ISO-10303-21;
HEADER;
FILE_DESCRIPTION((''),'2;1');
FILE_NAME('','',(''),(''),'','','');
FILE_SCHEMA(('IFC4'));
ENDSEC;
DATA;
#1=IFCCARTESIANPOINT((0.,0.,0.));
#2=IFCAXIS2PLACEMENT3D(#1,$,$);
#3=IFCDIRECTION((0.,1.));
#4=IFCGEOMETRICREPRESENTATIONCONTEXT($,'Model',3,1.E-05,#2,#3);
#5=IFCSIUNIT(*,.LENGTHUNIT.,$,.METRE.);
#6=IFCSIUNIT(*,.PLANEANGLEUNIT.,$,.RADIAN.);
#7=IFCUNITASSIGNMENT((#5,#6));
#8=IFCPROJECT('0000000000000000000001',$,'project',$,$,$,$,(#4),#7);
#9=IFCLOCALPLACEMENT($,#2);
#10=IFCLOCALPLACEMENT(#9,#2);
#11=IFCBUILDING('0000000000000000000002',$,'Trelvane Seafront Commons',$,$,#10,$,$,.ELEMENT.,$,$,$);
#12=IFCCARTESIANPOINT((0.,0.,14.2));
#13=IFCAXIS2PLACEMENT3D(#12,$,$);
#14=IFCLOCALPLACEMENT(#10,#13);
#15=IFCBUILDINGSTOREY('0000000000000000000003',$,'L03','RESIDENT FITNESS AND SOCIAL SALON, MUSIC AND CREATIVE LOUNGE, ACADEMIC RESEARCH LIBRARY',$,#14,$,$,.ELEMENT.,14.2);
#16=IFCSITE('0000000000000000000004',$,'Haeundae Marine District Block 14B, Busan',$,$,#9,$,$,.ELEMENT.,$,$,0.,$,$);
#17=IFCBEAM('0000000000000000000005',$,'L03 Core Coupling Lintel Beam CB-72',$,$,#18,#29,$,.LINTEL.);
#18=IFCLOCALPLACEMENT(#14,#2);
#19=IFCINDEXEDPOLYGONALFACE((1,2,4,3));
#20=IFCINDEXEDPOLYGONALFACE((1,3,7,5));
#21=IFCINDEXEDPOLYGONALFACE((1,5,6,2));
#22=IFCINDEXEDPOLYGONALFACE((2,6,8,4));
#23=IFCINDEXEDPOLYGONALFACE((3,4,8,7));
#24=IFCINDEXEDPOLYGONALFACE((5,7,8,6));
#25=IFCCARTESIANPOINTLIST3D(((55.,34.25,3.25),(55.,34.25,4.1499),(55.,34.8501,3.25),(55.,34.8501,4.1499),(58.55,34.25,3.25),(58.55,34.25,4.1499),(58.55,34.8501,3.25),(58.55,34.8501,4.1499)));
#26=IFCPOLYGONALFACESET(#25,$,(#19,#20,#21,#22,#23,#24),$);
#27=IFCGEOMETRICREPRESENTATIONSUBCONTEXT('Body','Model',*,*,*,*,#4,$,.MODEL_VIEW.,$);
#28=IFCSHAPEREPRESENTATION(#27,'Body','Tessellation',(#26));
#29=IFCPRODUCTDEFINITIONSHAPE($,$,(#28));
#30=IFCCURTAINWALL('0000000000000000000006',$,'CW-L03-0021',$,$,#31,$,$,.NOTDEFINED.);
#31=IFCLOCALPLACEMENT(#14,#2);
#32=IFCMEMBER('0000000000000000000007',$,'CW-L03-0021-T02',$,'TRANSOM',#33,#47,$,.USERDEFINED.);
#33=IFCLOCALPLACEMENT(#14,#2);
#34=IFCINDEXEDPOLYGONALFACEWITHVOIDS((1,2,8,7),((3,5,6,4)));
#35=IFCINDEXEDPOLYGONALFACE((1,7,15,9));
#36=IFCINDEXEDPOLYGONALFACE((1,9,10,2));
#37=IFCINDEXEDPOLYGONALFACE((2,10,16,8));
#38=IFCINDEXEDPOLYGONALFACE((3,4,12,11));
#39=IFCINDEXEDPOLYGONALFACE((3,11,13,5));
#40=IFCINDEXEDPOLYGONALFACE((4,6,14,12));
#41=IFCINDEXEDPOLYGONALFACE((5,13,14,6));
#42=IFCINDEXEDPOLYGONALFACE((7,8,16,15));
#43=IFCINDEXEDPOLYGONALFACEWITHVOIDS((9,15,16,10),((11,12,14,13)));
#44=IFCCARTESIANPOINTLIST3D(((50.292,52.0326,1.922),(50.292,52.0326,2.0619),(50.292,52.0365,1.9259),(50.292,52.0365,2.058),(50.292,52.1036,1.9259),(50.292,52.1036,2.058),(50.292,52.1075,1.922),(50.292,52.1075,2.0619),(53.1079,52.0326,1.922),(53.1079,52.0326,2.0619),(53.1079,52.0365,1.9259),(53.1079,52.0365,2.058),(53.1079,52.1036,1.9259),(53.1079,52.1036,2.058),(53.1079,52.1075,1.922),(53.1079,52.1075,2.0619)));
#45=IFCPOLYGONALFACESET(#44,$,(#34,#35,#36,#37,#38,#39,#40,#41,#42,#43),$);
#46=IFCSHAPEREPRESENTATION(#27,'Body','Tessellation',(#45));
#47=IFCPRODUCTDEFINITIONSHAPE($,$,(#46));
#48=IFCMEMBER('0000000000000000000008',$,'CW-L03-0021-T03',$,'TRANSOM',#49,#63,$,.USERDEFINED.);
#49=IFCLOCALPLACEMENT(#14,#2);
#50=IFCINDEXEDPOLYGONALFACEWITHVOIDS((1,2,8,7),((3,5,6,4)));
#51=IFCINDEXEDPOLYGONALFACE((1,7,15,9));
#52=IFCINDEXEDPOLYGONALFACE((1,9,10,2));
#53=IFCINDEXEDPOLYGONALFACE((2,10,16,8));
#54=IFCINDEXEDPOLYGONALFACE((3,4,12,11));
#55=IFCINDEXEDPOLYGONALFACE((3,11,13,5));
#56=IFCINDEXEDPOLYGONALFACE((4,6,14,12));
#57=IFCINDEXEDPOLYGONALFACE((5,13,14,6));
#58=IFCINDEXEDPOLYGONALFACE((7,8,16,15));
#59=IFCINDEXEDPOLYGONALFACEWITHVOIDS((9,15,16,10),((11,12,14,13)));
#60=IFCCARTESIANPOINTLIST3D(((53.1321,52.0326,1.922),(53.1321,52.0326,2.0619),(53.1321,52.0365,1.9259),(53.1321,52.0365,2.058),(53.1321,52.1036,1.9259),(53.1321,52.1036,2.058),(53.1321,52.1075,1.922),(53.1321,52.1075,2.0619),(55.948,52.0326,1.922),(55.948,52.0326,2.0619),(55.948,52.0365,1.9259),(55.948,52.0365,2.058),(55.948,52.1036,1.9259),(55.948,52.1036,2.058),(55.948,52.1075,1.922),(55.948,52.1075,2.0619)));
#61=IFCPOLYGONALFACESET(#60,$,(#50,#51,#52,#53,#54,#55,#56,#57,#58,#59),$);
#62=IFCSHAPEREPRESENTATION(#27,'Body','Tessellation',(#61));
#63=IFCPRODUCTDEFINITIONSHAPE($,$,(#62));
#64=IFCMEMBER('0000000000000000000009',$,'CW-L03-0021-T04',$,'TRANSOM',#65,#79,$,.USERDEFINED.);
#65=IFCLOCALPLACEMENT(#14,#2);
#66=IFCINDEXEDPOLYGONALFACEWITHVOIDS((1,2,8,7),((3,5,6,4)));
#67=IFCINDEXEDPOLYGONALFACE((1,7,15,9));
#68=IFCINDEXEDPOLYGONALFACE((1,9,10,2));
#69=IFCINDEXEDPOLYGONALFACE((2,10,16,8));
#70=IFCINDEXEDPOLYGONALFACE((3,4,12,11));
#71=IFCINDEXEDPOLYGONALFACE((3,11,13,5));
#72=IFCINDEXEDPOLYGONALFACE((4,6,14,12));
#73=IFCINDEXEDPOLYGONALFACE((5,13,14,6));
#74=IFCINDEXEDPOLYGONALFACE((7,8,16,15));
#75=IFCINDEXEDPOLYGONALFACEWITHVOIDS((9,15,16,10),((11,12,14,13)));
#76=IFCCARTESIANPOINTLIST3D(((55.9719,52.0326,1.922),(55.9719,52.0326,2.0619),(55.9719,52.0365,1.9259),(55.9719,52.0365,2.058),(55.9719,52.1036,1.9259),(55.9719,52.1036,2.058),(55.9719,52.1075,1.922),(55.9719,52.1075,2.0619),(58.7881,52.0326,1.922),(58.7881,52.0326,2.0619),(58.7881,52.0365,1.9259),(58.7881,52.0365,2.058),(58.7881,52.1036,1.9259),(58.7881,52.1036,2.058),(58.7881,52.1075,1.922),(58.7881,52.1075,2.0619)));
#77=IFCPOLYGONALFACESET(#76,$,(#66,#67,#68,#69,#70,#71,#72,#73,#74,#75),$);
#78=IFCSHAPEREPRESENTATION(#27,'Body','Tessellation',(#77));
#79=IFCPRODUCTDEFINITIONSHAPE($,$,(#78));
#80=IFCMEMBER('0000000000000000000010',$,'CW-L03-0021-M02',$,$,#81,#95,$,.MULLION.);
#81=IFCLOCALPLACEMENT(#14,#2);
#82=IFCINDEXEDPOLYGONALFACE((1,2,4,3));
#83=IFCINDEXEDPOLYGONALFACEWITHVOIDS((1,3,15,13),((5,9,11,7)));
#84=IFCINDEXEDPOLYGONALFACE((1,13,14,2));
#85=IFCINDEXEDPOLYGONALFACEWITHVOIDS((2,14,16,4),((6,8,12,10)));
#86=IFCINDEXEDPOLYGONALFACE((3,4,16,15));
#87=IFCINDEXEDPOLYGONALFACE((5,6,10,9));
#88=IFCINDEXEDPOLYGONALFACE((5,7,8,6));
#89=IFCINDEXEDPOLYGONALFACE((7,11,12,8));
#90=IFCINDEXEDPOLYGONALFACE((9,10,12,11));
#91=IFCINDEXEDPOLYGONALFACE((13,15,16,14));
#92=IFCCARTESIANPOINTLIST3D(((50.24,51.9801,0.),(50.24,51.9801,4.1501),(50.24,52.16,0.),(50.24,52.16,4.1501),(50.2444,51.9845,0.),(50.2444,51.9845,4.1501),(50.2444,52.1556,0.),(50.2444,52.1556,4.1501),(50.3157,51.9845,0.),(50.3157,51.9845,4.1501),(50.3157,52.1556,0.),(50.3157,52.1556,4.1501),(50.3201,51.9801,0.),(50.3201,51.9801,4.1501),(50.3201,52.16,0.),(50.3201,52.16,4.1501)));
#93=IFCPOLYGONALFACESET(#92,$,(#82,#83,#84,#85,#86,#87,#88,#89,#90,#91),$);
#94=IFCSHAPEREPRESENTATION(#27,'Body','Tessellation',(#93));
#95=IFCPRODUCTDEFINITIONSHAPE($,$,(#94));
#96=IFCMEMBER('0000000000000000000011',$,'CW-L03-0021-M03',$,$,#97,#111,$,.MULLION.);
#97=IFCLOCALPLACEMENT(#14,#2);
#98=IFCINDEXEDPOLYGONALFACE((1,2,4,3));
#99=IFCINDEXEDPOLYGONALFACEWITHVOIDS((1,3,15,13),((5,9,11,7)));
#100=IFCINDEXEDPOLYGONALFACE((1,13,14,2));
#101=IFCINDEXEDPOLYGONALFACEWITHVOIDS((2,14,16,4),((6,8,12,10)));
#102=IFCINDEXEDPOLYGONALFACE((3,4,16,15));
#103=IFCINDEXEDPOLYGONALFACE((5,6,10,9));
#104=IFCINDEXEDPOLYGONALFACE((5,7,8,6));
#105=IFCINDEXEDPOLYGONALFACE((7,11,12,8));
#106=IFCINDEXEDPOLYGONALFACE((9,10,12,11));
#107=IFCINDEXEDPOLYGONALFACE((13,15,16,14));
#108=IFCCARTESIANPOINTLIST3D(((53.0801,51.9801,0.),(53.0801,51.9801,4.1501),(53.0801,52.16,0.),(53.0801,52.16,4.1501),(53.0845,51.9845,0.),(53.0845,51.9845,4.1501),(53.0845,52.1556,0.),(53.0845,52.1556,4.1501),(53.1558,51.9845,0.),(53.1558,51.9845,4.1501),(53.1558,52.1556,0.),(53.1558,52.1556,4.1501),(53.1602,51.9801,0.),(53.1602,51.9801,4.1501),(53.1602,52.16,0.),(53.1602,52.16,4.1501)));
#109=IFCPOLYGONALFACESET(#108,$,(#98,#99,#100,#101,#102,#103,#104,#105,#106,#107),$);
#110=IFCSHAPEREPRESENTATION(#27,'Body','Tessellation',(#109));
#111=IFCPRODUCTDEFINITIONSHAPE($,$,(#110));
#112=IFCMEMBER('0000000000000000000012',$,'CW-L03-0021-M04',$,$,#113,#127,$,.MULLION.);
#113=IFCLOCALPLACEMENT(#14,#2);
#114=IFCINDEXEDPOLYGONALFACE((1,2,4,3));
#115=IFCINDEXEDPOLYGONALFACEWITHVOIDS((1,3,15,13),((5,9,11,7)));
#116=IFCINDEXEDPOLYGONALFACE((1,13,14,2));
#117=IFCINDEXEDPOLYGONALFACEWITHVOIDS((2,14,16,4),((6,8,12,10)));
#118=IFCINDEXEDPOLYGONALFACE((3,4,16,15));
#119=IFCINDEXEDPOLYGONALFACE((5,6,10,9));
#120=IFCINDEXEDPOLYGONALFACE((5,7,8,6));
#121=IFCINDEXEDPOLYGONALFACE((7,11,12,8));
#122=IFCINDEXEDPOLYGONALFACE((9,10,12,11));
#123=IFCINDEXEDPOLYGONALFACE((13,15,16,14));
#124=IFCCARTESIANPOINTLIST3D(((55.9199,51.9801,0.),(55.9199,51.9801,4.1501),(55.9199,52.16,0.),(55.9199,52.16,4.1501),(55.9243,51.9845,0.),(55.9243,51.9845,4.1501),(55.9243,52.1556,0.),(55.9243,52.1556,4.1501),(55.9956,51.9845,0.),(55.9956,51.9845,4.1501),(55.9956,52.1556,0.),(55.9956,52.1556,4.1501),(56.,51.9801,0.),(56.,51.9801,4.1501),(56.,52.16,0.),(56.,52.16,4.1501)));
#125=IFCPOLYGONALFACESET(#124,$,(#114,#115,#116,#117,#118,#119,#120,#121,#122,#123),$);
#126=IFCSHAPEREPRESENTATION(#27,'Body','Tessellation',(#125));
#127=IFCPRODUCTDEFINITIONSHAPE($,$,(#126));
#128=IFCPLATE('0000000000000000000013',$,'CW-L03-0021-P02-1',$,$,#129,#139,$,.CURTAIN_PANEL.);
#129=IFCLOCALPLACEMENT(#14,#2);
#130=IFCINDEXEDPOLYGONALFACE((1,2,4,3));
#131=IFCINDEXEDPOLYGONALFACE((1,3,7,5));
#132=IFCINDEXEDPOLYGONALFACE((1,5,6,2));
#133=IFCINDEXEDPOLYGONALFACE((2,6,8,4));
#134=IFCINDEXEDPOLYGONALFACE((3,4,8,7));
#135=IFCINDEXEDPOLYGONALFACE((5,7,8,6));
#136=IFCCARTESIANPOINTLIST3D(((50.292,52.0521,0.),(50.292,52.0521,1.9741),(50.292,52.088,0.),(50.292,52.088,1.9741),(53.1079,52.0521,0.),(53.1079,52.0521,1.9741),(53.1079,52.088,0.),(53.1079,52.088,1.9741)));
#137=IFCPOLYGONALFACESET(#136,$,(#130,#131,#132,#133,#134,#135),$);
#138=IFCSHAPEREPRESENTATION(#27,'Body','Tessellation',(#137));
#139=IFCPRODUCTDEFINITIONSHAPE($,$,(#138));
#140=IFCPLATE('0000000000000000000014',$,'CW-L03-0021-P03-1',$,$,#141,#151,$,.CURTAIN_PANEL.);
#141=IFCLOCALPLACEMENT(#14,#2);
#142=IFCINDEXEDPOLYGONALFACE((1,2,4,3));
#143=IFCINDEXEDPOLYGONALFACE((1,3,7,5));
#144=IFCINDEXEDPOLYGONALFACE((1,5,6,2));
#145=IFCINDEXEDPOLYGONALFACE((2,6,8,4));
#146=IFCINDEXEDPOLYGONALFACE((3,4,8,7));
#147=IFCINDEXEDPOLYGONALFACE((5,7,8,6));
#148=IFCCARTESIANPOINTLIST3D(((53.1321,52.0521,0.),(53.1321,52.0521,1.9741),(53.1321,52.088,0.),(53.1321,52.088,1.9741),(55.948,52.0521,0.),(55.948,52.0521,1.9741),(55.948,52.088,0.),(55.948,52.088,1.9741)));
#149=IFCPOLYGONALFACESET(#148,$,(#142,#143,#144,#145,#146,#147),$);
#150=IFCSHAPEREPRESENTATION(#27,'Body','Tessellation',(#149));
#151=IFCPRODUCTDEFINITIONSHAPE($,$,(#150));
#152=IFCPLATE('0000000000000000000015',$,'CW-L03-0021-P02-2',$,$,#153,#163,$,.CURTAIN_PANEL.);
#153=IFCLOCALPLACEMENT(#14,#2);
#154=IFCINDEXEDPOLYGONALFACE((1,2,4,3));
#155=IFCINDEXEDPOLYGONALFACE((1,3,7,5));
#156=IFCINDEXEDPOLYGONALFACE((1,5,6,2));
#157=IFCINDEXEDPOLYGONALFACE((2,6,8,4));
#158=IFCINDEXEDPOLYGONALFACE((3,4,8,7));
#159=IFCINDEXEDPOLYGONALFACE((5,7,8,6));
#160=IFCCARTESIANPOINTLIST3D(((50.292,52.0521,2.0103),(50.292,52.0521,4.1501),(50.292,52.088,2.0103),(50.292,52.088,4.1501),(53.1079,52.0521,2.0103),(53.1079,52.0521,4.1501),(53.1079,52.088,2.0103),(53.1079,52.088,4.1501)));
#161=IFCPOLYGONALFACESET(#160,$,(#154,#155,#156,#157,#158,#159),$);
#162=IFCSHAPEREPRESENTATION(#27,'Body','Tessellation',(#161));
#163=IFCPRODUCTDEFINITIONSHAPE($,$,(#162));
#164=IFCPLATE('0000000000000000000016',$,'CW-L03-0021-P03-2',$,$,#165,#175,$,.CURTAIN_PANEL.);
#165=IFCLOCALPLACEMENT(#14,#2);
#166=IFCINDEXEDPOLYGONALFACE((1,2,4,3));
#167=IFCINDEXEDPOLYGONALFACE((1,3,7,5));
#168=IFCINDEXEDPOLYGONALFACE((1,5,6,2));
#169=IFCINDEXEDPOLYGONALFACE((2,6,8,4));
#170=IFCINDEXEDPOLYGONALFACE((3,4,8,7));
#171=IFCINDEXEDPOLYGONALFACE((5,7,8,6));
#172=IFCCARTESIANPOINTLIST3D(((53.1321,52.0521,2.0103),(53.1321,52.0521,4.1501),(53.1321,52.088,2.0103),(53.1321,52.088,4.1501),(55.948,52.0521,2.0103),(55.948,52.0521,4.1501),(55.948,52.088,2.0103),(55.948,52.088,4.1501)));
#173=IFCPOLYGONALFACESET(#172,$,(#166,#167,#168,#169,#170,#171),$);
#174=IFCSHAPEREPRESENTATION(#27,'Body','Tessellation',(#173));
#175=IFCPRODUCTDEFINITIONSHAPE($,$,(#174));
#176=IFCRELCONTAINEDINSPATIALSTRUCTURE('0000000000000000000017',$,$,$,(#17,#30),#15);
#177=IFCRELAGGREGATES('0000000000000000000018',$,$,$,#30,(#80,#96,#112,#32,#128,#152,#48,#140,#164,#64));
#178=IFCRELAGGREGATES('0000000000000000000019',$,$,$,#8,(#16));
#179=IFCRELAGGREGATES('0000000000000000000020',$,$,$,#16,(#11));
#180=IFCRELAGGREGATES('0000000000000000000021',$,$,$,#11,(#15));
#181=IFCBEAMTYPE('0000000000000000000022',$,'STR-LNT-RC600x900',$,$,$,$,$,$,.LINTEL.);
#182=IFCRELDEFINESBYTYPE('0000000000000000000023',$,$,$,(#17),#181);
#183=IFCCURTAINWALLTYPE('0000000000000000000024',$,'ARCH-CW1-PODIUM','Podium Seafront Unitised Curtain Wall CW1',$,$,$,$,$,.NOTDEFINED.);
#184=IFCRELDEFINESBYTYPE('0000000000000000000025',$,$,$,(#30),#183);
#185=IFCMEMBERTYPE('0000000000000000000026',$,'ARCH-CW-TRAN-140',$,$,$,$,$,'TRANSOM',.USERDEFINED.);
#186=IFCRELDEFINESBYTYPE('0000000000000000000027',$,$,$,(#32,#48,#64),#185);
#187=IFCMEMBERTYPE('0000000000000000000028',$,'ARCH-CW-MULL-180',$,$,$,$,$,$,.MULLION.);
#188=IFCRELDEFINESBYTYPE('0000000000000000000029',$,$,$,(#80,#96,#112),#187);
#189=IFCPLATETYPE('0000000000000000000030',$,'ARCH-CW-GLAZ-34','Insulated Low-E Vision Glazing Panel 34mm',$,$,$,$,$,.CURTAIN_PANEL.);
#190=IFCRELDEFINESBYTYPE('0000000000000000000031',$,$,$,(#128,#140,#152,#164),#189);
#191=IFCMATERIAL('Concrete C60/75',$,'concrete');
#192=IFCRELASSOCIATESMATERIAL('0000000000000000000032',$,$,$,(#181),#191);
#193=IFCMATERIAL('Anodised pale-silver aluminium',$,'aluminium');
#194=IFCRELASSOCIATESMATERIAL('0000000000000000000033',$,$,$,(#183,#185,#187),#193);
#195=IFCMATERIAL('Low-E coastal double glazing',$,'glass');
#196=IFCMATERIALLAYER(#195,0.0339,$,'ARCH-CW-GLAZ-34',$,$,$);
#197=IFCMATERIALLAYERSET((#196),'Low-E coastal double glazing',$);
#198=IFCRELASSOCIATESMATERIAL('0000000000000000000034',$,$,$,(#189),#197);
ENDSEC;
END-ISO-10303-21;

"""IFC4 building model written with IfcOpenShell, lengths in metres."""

from ifc_helpers import new_model, si_unit, direction, frame, origin, origin_2d, place, context, subcontext, project, spatial, rectangle, hollow_rectangle, extrude, source, transform, mapped, material, layer, layer_set, material_profile, profile_set, type_object, element, aggregate, save


model = new_model("IFC4")

# Units and contexts
model_context = context("Model", 3, precision=1e-05, world=origin(), true_north=direction((0.0, 1.0)))
body_context = subcontext(model_context, "Body", "Model", "MODEL_VIEW")
ifc_project = project(units=[si_unit("LENGTHUNIT", "METRE"), si_unit("PLANEANGLEUNIT", "RADIAN")], contexts=[model_context])

# Site, building, storey
site_placement = place(None, origin())
site = spatial("IfcSite", under=ifc_project, at=site_placement, Name="Haeundae Marine District Block 14B, Busan", CompositionType="ELEMENT", RefElevation=0.0)
building_placement = place(site_placement, origin())
building = spatial("IfcBuilding", under=site, at=building_placement, Name="Trelvane Seafront Commons", CompositionType="ELEMENT")
storey_placement = place(building_placement, frame((0.0, 0.0, 14.2)))
storey = spatial("IfcBuildingStorey", under=building, at=storey_placement, Name="L03", Description="RESIDENT FITNESS AND SOCIAL SALON, MUSIC AND CREATIVE LOUNGE, ACADEMIC RESEARCH LIBRARY", CompositionType="ELEMENT", Elevation=14.2)

# Beam
ifc_material_1 = material(Name="Concrete C60/75", Category="concrete")
ifc_material_profile_1 = material_profile(ifc_material_1, rectangle(XDim=0.6001, YDim=0.8999, at=origin_2d()), Name="RC-600x900")
ifc_profile_set_1 = profile_set([ifc_material_profile_1], Name="Concrete C60/75")
beam_type = type_object("IfcBeamType", Name="STR-LNT-RC600x900", PredefinedType="LINTEL", material=ifc_profile_set_1)
shared_shape_1 = source(origin(), body_context, "Body", "SweptSolid", [
    extrude(rectangle(XDim=0.6001, YDim=0.8999, at=origin_2d()), origin(), (0.0, 0.0, 1.0), 3.55),
])
beam_placement = place(storey_placement, frame((55.0, 34.55, 3.7), z_axis=(1.0, 0.0, 0.0), x_axis=(0.0, 1.0, 0.0)))
element("IfcBeam", 1, at=beam_placement, inside=storey, type_object=beam_type, Name="L03 Core Coupling Lintel Beam CB-72", PredefinedType="LINTEL", context=body_context, shape_type="MappedRepresentation", body=[
    mapped(shared_shape_1, transform((0.0, 0.0, 0.0), x_axis=(1.0, 0.0, 0.0), y_axis=(0.0, 1.0, 0.0), z_axis=(0.0, 0.0, 1.0), scale=1.0)),
])

# Curtain wall, members, plates
ifc_material_2 = material(Name="Anodised pale-silver aluminium", Category="aluminium")
curtain_wall_type = type_object("IfcCurtainWallType", Name="ARCH-CW1-PODIUM", Description="Podium Seafront Unitised Curtain Wall CW1", PredefinedType="NOTDEFINED", material=ifc_material_2)
curtain_wall_placement = place(storey_placement, origin())
curtain_wall = element("IfcCurtainWall", 2, at=curtain_wall_placement, inside=storey, type_object=curtain_wall_type, Name="CW-L03-0021", PredefinedType="NOTDEFINED")
ifc_material_profile_2 = material_profile(ifc_material_2, hollow_rectangle(XDim=0.075, YDim=0.1399, WallThickness=0.0039, at=origin_2d()), Name="TRAN-75x140x4")
ifc_profile_set_2 = profile_set([ifc_material_profile_2], Name="Anodised pale-silver aluminium")
member_type_1 = type_object("IfcMemberType", Name="ARCH-CW-TRAN-140", ElementType="TRANSOM", PredefinedType="USERDEFINED", material=ifc_profile_set_2)
shared_shape_2 = source(origin(), body_context, "Body", "SweptSolid", [
    extrude(hollow_rectangle(XDim=0.075, YDim=0.1399, WallThickness=0.0039, at=origin_2d()), origin(), (0.0, 0.0, 1.0), 2.8159),
])
member_1_placement = place(storey_placement, frame((50.292, 52.0701, 1.9919), z_axis=(1.0, 0.0, 0.0), x_axis=(0.0, 1.0, 0.0)))
member_1 = element("IfcMember", 3, at=member_1_placement, type_object=member_type_1, Name="CW-L03-0021-T02", ObjectType="TRANSOM", PredefinedType="USERDEFINED", context=body_context, shape_type="MappedRepresentation", body=[
    mapped(shared_shape_2, transform((0.0, 0.0, 0.0), x_axis=(1.0, 0.0, 0.0), y_axis=(0.0, 1.0, 0.0), z_axis=(0.0, 0.0, 1.0), scale=1.0)),
])
member_2_placement = place(storey_placement, frame((53.1321, 52.0701, 1.9919), z_axis=(1.0, 0.0, 0.0), x_axis=(0.0, 1.0, 0.0)))
member_2 = element("IfcMember", 4, at=member_2_placement, type_object=member_type_1, Name="CW-L03-0021-T03", ObjectType="TRANSOM", PredefinedType="USERDEFINED", context=body_context, shape_type="MappedRepresentation", body=[
    mapped(shared_shape_2, transform((0.0, 0.0, 0.0), x_axis=(1.0, 0.0, 0.0), y_axis=(0.0, 1.0, 0.0), z_axis=(0.0, 0.0, 1.0), scale=1.0)),
])
shared_shape_3 = source(origin(), body_context, "Body", "SweptSolid", [
    extrude(hollow_rectangle(XDim=0.075, YDim=0.1399, WallThickness=0.0039, at=origin_2d()), origin(), (0.0, 0.0, 1.0), 2.8162),
])
member_3_placement = place(storey_placement, frame((55.9719, 52.0701, 1.9919), z_axis=(1.0, 0.0, 0.0), x_axis=(0.0, 1.0, 0.0)))
member_3 = element("IfcMember", 5, at=member_3_placement, type_object=member_type_1, Name="CW-L03-0021-T04", ObjectType="TRANSOM", PredefinedType="USERDEFINED", context=body_context, shape_type="MappedRepresentation", body=[
    mapped(shared_shape_3, transform((0.0, 0.0, 0.0), x_axis=(1.0, 0.0, 0.0), y_axis=(0.0, 1.0, 0.0), z_axis=(0.0, 0.0, 1.0), scale=1.0)),
])
ifc_material_profile_3 = material_profile(ifc_material_2, hollow_rectangle(XDim=0.0801, YDim=0.1799, WallThickness=0.0044, at=origin_2d()), Name="MULL-80x180x4.5")
ifc_profile_set_3 = profile_set([ifc_material_profile_3], Name="Anodised pale-silver aluminium")
member_type_2 = type_object("IfcMemberType", Name="ARCH-CW-MULL-180", PredefinedType="MULLION", material=ifc_profile_set_3)
shared_shape_4 = source(origin(), body_context, "Body", "SweptSolid", [
    extrude(hollow_rectangle(XDim=0.0801, YDim=0.1799, WallThickness=0.0044, at=origin_2d()), origin(), (0.0, 0.0, 1.0), 4.1501),
])
member_4_placement = place(storey_placement, frame((50.28, 52.0701, 0.0), z_axis=(0.0, 0.0, 1.0), x_axis=(1.0, 0.0, 0.0)))
member_4 = element("IfcMember", 6, at=member_4_placement, type_object=member_type_2, Name="CW-L03-0021-M02", PredefinedType="MULLION", context=body_context, shape_type="MappedRepresentation", body=[
    mapped(shared_shape_4, transform((0.0, 0.0, 0.0), x_axis=(1.0, 0.0, 0.0), y_axis=(0.0, 1.0, 0.0), z_axis=(0.0, 0.0, 1.0), scale=1.0)),
])
member_5_placement = place(storey_placement, frame((53.1201, 52.0701, 0.0), z_axis=(0.0, 0.0, 1.0), x_axis=(1.0, 0.0, 0.0)))
member_5 = element("IfcMember", 7, at=member_5_placement, type_object=member_type_2, Name="CW-L03-0021-M03", PredefinedType="MULLION", context=body_context, shape_type="MappedRepresentation", body=[
    mapped(shared_shape_4, transform((0.0, 0.0, 0.0), x_axis=(1.0, 0.0, 0.0), y_axis=(0.0, 1.0, 0.0), z_axis=(0.0, 0.0, 1.0), scale=1.0)),
])
member_6_placement = place(storey_placement, frame((55.96, 52.0701, 0.0), z_axis=(0.0, 0.0, 1.0), x_axis=(1.0, 0.0, 0.0)))
member_6 = element("IfcMember", 8, at=member_6_placement, type_object=member_type_2, Name="CW-L03-0021-M04", PredefinedType="MULLION", context=body_context, shape_type="MappedRepresentation", body=[
    mapped(shared_shape_4, transform((0.0, 0.0, 0.0), x_axis=(1.0, 0.0, 0.0), y_axis=(0.0, 1.0, 0.0), z_axis=(0.0, 0.0, 1.0), scale=1.0)),
])
ifc_material_3 = material(Name="Low-E coastal double glazing", Category="glass")
ifc_layer_1 = layer(ifc_material_3, 0.0339, Name="ARCH-CW-GLAZ-34")
ifc_layer_set_1 = layer_set([ifc_layer_1], Name="Low-E coastal double glazing")
plate_type = type_object("IfcPlateType", Name="ARCH-CW-GLAZ-34", Description="Insulated Low-E Vision Glazing Panel 34mm", PredefinedType="CURTAIN_PANEL", material=ifc_layer_set_1)
shared_shape_5 = source(origin(), body_context, "Body", "SweptSolid", [
    extrude(rectangle(XDim=2.8159, YDim=0.0359, at=origin_2d()), origin(), (0.0, 0.0, 1.0), 1.9741),
])
plate_1_placement = place(storey_placement, frame((51.7, 52.0701, 0.0), z_axis=(0.0, 0.0, 1.0), x_axis=(1.0, 0.0, 0.0)))
plate_1 = element("IfcPlate", 9, at=plate_1_placement, type_object=plate_type, Name="CW-L03-0021-P02-1", PredefinedType="CURTAIN_PANEL", context=body_context, shape_type="MappedRepresentation", body=[
    mapped(shared_shape_5, transform((0.0, 0.0, 0.0), x_axis=(1.0, 0.0, 0.0), y_axis=(0.0, 1.0, 0.0), z_axis=(0.0, 0.0, 1.0), scale=1.0)),
])
plate_2_placement = place(storey_placement, frame((54.54, 52.0701, 0.0), z_axis=(0.0, 0.0, 1.0), x_axis=(1.0, 0.0, 0.0)))
plate_2 = element("IfcPlate", 10, at=plate_2_placement, type_object=plate_type, Name="CW-L03-0021-P03-1", PredefinedType="CURTAIN_PANEL", context=body_context, shape_type="MappedRepresentation", body=[
    mapped(shared_shape_5, transform((0.0, 0.0, 0.0), x_axis=(1.0, 0.0, 0.0), y_axis=(0.0, 1.0, 0.0), z_axis=(0.0, 0.0, 1.0), scale=1.0)),
])
shared_shape_6 = source(origin(), body_context, "Body", "SweptSolid", [
    extrude(rectangle(XDim=2.8159, YDim=0.0359, at=origin_2d()), origin(), (0.0, 0.0, 1.0), 2.1399),
])
plate_3_placement = place(storey_placement, frame((51.7, 52.0701, 2.0103), z_axis=(0.0, 0.0, 1.0), x_axis=(1.0, 0.0, 0.0)))
plate_3 = element("IfcPlate", 11, at=plate_3_placement, type_object=plate_type, Name="CW-L03-0021-P02-2", PredefinedType="CURTAIN_PANEL", context=body_context, shape_type="MappedRepresentation", body=[
    mapped(shared_shape_6, transform((0.0, 0.0, 0.0), x_axis=(1.0, 0.0, 0.0), y_axis=(0.0, 1.0, 0.0), z_axis=(0.0, 0.0, 1.0), scale=1.0)),
])
plate_4_placement = place(storey_placement, frame((54.54, 52.0701, 2.0103), z_axis=(0.0, 0.0, 1.0), x_axis=(1.0, 0.0, 0.0)))
plate_4 = element("IfcPlate", 12, at=plate_4_placement, type_object=plate_type, Name="CW-L03-0021-P03-2", PredefinedType="CURTAIN_PANEL", context=body_context, shape_type="MappedRepresentation", body=[
    mapped(shared_shape_6, transform((0.0, 0.0, 0.0), x_axis=(1.0, 0.0, 0.0), y_axis=(0.0, 1.0, 0.0), z_axis=(0.0, 0.0, 1.0), scale=1.0)),
])
aggregate(curtain_wall, [member_4, member_5, member_6, member_1, plate_1, plate_3, member_2, plate_2, plate_4, member_3])

save(model, "model.ifc")
